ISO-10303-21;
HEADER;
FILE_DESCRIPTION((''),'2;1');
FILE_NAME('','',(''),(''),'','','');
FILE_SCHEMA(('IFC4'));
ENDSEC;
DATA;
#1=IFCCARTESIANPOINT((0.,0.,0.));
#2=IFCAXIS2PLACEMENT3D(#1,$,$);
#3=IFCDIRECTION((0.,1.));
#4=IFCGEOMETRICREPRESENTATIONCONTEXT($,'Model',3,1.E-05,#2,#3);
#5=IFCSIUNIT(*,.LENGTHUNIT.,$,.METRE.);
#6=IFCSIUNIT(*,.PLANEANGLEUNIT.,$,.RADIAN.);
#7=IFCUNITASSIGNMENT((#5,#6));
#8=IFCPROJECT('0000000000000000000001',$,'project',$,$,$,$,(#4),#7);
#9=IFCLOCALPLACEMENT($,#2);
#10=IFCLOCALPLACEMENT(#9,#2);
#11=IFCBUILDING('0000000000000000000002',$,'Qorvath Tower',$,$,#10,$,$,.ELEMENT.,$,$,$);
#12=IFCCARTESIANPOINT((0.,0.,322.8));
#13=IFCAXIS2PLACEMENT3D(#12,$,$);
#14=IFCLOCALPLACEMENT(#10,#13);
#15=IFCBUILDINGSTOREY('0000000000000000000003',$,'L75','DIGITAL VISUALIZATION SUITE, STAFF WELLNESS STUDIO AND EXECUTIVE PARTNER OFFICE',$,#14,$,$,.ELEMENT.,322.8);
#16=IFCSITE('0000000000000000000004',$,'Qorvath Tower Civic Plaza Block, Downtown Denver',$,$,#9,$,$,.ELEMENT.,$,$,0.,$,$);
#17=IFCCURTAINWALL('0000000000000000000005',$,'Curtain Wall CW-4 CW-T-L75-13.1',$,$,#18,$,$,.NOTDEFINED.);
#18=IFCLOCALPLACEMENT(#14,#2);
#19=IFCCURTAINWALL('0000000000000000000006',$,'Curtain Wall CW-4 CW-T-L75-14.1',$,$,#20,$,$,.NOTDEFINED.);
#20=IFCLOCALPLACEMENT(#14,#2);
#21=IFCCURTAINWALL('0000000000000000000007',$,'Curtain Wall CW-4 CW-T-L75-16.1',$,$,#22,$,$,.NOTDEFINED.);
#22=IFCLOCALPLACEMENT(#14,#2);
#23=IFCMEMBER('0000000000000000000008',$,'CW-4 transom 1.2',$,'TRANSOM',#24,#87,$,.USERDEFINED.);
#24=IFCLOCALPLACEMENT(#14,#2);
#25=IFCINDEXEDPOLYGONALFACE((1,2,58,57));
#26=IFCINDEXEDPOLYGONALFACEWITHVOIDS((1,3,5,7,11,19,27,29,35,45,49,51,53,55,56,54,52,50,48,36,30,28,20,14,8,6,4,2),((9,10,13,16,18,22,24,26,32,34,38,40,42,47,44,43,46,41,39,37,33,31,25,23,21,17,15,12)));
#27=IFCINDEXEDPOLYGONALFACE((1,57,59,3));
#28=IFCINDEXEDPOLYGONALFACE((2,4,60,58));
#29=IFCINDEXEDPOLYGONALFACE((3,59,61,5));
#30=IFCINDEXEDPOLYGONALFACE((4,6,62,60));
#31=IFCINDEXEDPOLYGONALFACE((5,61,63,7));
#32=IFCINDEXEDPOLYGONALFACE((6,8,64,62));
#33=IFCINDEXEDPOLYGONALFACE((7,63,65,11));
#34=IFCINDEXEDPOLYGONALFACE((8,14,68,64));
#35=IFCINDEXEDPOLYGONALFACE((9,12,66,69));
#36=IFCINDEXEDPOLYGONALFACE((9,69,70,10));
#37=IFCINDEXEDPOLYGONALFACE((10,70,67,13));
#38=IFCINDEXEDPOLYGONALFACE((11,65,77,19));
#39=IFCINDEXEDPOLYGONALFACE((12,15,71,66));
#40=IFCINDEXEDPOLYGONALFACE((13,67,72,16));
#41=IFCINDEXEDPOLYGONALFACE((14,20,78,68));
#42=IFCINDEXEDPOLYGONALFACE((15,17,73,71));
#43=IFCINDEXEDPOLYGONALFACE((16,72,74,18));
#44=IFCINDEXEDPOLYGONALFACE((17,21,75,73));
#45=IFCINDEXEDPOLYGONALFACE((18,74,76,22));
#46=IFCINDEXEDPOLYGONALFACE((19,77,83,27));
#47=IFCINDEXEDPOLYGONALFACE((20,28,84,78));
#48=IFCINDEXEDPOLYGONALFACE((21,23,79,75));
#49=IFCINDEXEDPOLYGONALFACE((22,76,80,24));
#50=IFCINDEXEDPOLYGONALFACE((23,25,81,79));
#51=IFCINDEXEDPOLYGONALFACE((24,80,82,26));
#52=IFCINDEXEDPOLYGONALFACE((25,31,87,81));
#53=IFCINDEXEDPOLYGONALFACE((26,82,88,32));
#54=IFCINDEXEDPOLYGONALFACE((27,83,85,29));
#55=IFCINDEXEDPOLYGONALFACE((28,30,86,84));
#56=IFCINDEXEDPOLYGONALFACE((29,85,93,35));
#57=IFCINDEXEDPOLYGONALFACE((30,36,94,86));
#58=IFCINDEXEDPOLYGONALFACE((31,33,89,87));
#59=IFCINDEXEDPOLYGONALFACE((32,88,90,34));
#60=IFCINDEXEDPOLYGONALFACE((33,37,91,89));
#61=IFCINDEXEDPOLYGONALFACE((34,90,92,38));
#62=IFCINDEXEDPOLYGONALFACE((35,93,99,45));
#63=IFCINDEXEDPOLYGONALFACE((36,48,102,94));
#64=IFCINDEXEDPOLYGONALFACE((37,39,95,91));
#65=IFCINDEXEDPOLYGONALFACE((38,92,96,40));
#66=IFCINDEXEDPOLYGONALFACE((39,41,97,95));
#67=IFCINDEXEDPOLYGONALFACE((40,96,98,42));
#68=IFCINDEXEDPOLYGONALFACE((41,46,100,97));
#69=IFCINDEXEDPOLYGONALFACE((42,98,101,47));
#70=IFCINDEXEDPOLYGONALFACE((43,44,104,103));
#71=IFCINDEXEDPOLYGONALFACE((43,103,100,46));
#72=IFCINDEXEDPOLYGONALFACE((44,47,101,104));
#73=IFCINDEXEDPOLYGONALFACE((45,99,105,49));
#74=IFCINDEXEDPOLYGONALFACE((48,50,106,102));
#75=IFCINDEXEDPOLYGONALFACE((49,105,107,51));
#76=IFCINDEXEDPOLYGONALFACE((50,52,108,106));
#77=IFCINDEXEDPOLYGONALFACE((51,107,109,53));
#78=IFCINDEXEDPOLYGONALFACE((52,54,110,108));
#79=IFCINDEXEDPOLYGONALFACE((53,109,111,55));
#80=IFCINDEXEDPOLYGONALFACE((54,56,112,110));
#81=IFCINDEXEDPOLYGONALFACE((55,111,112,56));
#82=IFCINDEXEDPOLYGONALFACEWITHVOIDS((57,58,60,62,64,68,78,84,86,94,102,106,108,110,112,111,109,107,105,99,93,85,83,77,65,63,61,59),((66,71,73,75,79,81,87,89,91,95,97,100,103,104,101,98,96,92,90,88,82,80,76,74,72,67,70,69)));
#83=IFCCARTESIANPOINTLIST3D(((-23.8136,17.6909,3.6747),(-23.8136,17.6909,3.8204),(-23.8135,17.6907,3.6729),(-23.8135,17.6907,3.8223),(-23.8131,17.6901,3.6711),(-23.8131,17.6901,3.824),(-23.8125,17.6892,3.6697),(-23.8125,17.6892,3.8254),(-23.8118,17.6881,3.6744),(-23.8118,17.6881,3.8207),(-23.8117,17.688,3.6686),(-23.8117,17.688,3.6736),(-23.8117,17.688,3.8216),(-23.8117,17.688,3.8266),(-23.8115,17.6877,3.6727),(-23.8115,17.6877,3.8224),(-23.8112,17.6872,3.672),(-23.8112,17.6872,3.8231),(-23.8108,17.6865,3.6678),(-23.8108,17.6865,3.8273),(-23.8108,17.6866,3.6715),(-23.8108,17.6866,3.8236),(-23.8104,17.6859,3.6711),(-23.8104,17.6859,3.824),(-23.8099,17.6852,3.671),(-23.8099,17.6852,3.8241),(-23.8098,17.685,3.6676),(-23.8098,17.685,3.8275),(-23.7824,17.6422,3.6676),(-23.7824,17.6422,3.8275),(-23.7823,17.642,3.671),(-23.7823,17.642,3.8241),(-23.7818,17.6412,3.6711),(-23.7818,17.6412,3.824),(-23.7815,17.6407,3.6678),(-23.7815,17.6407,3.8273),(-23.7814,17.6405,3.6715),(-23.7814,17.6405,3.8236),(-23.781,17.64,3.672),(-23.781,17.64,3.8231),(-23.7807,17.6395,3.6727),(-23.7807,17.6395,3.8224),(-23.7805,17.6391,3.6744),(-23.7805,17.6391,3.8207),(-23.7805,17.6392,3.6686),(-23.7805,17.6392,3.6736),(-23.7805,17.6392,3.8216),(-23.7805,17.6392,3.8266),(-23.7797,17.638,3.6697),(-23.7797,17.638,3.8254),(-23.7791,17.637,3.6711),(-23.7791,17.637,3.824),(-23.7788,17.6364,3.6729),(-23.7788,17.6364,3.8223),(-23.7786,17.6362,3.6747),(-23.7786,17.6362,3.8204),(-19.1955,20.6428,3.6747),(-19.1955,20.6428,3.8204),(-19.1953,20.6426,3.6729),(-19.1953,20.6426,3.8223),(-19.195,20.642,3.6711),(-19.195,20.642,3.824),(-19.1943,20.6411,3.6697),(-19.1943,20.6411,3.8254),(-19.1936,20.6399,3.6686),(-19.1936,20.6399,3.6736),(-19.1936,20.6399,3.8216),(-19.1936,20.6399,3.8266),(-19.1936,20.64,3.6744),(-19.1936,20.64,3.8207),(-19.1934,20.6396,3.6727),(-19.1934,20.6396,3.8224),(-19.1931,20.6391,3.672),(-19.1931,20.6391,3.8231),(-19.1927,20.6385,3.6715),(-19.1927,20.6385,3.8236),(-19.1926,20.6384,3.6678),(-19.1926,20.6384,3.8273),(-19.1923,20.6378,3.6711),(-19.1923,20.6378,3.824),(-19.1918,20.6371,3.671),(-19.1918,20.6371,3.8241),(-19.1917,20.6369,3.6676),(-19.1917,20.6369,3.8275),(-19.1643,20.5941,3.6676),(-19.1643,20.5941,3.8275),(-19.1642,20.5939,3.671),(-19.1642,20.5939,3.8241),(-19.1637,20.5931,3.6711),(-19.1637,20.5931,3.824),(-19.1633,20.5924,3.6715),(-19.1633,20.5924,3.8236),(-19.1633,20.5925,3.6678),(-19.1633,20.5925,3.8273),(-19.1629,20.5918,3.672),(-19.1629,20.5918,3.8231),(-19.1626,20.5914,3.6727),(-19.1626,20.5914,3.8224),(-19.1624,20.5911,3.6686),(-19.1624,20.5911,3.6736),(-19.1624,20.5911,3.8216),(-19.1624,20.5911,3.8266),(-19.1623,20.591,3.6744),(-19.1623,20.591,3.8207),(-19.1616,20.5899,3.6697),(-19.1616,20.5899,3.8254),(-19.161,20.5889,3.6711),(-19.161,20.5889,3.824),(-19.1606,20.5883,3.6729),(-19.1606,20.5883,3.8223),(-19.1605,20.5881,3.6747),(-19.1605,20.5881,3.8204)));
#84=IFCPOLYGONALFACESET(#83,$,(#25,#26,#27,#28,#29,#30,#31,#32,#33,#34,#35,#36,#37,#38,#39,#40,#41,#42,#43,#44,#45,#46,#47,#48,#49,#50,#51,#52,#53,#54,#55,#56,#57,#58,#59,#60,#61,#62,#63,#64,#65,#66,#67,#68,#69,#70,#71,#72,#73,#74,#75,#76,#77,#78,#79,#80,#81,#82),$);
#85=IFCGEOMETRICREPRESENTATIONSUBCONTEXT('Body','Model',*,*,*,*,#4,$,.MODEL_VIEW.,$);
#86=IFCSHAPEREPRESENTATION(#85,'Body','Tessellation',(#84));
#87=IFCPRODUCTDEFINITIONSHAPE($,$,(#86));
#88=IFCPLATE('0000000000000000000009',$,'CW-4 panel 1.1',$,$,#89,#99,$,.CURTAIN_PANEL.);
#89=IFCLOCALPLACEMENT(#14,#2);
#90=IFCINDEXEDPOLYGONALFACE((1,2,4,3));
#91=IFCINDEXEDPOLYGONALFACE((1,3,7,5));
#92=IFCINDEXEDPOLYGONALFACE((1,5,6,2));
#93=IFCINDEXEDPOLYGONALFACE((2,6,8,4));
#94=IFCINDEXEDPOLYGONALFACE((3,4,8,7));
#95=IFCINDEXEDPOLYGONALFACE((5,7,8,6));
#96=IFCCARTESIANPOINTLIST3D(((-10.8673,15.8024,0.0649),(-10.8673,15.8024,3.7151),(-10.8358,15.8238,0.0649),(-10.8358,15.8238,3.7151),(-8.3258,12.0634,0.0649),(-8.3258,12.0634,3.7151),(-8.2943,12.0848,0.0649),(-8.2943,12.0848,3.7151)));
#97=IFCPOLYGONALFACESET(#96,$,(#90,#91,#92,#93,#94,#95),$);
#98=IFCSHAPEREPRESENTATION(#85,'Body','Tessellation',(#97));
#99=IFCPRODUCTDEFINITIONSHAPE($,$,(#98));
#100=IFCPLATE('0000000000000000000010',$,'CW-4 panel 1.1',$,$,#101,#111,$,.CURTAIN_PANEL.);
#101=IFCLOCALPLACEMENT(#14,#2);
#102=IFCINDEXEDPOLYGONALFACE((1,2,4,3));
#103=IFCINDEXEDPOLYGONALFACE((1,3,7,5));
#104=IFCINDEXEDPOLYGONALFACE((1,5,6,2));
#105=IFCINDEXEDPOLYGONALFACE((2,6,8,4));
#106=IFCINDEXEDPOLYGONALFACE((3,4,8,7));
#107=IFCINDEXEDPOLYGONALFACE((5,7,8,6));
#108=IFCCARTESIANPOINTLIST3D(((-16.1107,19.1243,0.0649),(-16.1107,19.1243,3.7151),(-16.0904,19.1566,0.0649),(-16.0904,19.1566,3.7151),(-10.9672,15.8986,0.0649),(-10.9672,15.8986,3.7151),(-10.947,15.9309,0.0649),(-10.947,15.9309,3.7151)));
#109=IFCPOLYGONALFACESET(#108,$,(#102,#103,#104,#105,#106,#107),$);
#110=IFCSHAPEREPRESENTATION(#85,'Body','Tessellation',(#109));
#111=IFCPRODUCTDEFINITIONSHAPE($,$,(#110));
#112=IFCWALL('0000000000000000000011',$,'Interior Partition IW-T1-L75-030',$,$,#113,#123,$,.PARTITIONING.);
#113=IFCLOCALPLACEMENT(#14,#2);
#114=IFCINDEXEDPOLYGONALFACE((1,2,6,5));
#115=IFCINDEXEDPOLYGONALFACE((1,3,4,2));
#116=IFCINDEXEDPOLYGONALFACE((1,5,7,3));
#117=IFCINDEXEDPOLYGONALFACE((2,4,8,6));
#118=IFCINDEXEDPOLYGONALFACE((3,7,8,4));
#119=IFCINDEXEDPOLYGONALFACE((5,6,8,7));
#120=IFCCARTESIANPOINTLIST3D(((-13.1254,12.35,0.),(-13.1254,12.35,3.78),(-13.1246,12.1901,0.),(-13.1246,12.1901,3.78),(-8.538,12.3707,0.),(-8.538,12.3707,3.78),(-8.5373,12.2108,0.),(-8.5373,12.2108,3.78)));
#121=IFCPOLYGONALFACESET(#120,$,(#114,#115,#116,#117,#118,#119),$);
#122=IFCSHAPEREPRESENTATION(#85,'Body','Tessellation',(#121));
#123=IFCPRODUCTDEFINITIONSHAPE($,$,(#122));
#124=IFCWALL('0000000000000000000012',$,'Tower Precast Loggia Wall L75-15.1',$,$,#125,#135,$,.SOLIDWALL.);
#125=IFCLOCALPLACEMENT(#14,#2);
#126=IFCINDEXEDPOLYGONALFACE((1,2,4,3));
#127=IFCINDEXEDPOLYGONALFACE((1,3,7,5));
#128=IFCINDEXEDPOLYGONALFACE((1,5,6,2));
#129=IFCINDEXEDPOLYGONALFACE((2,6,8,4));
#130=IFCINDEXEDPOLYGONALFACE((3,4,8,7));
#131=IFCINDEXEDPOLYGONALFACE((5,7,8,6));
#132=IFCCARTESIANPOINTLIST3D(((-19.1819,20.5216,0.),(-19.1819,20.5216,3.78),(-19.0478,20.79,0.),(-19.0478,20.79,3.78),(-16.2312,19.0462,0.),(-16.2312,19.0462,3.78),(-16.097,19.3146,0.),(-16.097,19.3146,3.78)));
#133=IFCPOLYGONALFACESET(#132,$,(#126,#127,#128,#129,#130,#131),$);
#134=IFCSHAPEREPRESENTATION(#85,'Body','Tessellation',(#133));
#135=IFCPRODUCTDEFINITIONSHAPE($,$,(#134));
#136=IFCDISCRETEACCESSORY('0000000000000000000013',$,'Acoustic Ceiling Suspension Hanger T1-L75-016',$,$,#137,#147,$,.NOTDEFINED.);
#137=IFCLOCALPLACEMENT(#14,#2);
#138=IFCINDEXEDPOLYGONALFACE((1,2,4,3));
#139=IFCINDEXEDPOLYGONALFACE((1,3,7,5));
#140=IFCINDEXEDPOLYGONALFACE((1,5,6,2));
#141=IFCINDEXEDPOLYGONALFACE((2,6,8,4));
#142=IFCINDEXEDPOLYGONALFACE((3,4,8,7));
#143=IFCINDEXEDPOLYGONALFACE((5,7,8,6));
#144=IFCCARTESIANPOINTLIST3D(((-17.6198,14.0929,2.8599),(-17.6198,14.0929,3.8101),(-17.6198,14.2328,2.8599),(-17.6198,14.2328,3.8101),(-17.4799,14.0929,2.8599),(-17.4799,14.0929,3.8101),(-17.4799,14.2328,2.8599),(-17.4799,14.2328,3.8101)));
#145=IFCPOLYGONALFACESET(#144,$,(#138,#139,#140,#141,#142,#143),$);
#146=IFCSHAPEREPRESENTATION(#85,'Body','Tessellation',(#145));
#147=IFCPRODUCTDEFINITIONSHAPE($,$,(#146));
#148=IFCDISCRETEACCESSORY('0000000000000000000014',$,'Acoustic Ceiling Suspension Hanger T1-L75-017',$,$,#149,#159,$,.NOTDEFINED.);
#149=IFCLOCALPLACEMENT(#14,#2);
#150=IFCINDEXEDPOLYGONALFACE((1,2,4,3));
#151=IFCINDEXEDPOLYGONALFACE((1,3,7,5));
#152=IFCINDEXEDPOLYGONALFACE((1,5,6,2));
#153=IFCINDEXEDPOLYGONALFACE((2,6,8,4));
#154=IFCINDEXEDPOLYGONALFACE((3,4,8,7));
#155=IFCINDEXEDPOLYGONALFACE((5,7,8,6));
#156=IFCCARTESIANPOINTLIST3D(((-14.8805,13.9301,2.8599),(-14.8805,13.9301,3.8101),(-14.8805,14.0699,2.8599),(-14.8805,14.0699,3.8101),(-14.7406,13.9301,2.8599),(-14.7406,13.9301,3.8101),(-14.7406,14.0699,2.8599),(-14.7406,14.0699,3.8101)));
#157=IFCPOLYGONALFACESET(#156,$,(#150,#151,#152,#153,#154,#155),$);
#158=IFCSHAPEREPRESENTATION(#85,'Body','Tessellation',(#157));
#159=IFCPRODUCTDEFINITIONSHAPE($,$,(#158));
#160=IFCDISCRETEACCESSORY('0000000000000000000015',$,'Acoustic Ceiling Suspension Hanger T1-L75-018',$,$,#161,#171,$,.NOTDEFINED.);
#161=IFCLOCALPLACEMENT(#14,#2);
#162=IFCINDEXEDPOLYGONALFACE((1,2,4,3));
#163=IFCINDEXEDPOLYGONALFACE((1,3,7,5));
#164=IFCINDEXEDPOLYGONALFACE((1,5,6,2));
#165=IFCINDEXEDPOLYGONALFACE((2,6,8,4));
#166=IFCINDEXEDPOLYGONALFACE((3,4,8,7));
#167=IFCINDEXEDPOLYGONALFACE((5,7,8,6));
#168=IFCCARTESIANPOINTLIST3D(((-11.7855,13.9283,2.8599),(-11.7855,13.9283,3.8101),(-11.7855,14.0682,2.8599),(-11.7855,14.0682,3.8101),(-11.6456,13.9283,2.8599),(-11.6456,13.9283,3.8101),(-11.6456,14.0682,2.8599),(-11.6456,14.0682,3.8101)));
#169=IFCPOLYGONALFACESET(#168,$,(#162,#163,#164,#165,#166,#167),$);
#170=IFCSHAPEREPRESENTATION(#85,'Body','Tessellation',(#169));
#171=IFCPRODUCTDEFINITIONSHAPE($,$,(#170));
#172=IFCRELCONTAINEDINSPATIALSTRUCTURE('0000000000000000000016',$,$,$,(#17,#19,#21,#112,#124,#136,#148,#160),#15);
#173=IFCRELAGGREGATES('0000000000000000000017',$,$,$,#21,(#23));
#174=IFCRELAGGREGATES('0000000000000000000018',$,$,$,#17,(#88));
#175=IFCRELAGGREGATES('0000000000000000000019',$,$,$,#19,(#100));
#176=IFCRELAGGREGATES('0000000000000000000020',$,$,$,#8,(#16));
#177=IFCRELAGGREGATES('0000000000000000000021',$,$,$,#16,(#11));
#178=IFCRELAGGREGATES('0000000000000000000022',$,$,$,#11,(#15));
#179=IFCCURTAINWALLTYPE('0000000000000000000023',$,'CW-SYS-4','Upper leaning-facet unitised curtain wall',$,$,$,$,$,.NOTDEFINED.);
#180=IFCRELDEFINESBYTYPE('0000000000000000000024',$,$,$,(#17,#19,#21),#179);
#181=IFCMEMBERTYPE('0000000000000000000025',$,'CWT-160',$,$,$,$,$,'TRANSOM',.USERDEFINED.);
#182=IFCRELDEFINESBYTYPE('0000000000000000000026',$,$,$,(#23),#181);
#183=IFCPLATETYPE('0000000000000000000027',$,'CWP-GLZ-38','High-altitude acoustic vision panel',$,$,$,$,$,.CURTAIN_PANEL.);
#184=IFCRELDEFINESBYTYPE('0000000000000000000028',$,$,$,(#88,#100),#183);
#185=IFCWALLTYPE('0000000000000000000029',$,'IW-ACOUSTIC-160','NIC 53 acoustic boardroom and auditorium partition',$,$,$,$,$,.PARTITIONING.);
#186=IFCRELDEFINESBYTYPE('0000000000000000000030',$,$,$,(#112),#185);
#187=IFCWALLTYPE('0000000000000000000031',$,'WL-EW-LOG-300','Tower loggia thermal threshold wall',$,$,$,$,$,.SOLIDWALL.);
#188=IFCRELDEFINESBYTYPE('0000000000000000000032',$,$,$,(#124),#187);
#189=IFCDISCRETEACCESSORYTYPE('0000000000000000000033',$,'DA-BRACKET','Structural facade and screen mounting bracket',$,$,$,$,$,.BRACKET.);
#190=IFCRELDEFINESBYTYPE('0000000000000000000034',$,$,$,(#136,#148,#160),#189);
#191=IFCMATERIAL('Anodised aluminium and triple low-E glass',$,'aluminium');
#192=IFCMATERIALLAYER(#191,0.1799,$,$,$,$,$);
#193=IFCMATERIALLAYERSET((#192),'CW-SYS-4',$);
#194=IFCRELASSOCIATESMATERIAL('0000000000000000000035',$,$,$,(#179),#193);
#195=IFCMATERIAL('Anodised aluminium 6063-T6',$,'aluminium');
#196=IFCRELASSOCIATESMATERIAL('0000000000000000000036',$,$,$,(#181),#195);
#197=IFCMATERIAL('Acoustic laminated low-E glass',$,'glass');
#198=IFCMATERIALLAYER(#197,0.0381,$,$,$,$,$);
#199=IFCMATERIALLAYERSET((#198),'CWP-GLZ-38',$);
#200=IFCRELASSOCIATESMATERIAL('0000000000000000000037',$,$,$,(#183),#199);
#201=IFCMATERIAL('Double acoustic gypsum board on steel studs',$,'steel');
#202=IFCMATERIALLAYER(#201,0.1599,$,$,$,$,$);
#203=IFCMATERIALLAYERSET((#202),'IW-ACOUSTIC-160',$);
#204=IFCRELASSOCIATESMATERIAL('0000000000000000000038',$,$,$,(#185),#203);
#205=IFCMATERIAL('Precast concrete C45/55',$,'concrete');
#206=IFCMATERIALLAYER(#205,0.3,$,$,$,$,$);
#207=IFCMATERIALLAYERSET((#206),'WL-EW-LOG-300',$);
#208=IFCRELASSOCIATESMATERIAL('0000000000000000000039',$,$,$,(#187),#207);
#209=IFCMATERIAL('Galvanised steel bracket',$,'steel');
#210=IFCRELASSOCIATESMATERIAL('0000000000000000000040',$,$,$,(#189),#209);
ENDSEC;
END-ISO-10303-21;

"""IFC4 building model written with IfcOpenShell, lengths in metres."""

from ifc_helpers import new_model, si_unit, direction, frame, frame_2d, origin, origin_2d, place, context, subcontext, project, spatial, rectangle, hollow_rectangle, extrude, material, layer, layer_set, material_profile, profile_set, type_object, element, aggregate, save


model = new_model("IFC4")

# Units and contexts
model_context = context("Model", 3, precision=1e-05, world=origin(), true_north=direction((0.0, 1.0)))
body_context = subcontext(model_context, "Body", "Model", "MODEL_VIEW")
ifc_project = project(units=[si_unit("LENGTHUNIT", "METRE"), si_unit("PLANEANGLEUNIT", "RADIAN")], contexts=[model_context])

# Site, building, storey
site_placement = place(None, origin())
site = spatial("IfcSite", under=ifc_project, at=site_placement, Name="Qorvath Tower Civic Plaza Block, Downtown Denver", CompositionType="ELEMENT", RefElevation=0.0)
building_placement = place(site_placement, origin())
building = spatial("IfcBuilding", under=site, at=building_placement, Name="Qorvath Tower", CompositionType="ELEMENT")
storey_placement = place(building_placement, frame((0.0, 0.0, 322.8)))
storey = spatial("IfcBuildingStorey", under=building, at=storey_placement, Name="L75", Description="DIGITAL VISUALIZATION SUITE, STAFF WELLNESS STUDIO AND EXECUTIVE PARTNER OFFICE", CompositionType="ELEMENT", Elevation=322.8)

# Shared definitions
ifc_material_1 = material(Name="Anodised aluminium and triple low-E glass", Category="aluminium")
ifc_layer_1 = layer(ifc_material_1, 0.1799)
ifc_layer_set_1 = layer_set([ifc_layer_1], Name="CW-SYS-4")
curtain_wall_type = type_object("IfcCurtainWallType", Name="CW-SYS-4", Description="Upper leaning-facet unitised curtain wall", PredefinedType="NOTDEFINED", material=ifc_layer_set_1)

# Curtain walls
curtain_wall_1_placement = place(storey_placement, origin())
curtain_wall_1 = element("IfcCurtainWall", 1, at=curtain_wall_1_placement, inside=storey, type_object=curtain_wall_type, Name="Curtain Wall CW-4 CW-T-L75-13.1", PredefinedType="NOTDEFINED")
curtain_wall_2_placement = place(storey_placement, origin())
curtain_wall_2 = element("IfcCurtainWall", 2, at=curtain_wall_2_placement, inside=storey, type_object=curtain_wall_type, Name="Curtain Wall CW-4 CW-T-L75-14.1", PredefinedType="NOTDEFINED")

# Curtain wall
curtain_wall_3_placement = place(storey_placement, origin())
curtain_wall_3 = element("IfcCurtainWall", 3, at=curtain_wall_3_placement, inside=storey, type_object=curtain_wall_type, Name="Curtain Wall CW-4 CW-T-L75-16.1", PredefinedType="NOTDEFINED")

# Member
ifc_material_2 = material(Name="Anodised aluminium 6063-T6", Category="aluminium")
ifc_material_profile_1 = material_profile(ifc_material_2, hollow_rectangle(XDim=0.0649, YDim=0.1599, WallThickness=0.0034, InnerFilletRadius=0.0034, OuterFilletRadius=0.0071, at=origin_2d()), Name="CWT 160x65")
ifc_profile_set_1 = profile_set([ifc_material_profile_1], Name="Anodised aluminium 6063-T6")
member_type_1 = type_object("IfcMemberType", Name="CWT-160", ElementType="TRANSOM", PredefinedType="USERDEFINED", material=ifc_profile_set_1)
member_1_placement = place(storey_placement, frame((-19.178, 20.6155, 3.7476), z_axis=(-0.842579, -0.538572, 0.0), x_axis=(0.538572, -0.842579, 0.0)))
member_1 = element("IfcMember", 4, at=member_1_placement, type_object=member_type_1, Name="CW-4 transom 1.2", ObjectType="TRANSOM", PredefinedType="USERDEFINED", context=body_context, shape_type="SweptSolid", body=[
    extrude(hollow_rectangle(XDim=0.0649, YDim=0.1599, WallThickness=0.0034, InnerFilletRadius=0.0034, OuterFilletRadius=0.0071, at=origin_2d()), origin(), (0.0, 0.0, 1.0), 5.481),
])
aggregate(curtain_wall_3, [member_1])

# Plates
ifc_material_3 = material(Name="Acoustic laminated low-E glass", Category="glass")
ifc_layer_2 = layer(ifc_material_3, 0.0381)
ifc_layer_set_2 = layer_set([ifc_layer_2], Name="CWP-GLZ-38")
plate_type = type_object("IfcPlateType", Name="CWP-GLZ-38", Description="High-altitude acoustic vision panel", PredefinedType="CURTAIN_PANEL", material=ifc_layer_set_2)
plate_1_placement = place(storey_placement, frame((-9.5808, 13.9436, 0.0649), z_axis=(0.0, 0.0, 1.0), x_axis=(-0.562158, 0.82703, 0.0)))
plate_1 = element("IfcPlate", 5, at=plate_1_placement, type_object=plate_type, Name="CW-4 panel 1.1", PredefinedType="CURTAIN_PANEL", context=body_context, shape_type="SweptSolid", body=[
    extrude(rectangle(XDim=4.521, YDim=0.0381, at=origin_2d()), origin(), (0.0, 0.0, 1.0), 3.6501),
])
aggregate(curtain_wall_1, [plate_1])
plate_2_placement = place(storey_placement, frame((-13.5288, 17.5276, 0.0649), z_axis=(0.0, 0.0, 1.0), x_axis=(-0.847178, 0.531309, 0.0)))
plate_2 = element("IfcPlate", 6, at=plate_2_placement, type_object=plate_type, Name="CW-4 panel 1.1", PredefinedType="CURTAIN_PANEL", context=body_context, shape_type="SweptSolid", body=[
    extrude(rectangle(XDim=6.0713, YDim=0.0381, at=origin_2d()), origin(), (0.0, 0.0, 1.0), 3.6501),
])
aggregate(curtain_wall_2, [plate_2])

# Walls
ifc_material_4 = material(Name="Double acoustic gypsum board on steel studs", Category="steel")
ifc_layer_3 = layer(ifc_material_4, 0.1599)
ifc_layer_set_3 = layer_set([ifc_layer_3], Name="IW-ACOUSTIC-160")
wall_type_1 = type_object("IfcWallType", Name="IW-ACOUSTIC-160", Description="NIC 53 acoustic boardroom and auditorium partition", PredefinedType="PARTITIONING", material=ifc_layer_set_3)
wall_1_placement = place(storey_placement, frame((-13.125, 12.27, 0.0), z_axis=(0.0, 0.0, 1.0), x_axis=(0.99999, 0.004524, 0.0)))
element("IfcWall", 7, at=wall_1_placement, inside=storey, type_object=wall_type_1, Name="Interior Partition IW-T1-L75-030", PredefinedType="PARTITIONING", context=body_context, shape_type="SweptSolid", body=[
    extrude(rectangle(XDim=4.5874, YDim=0.1599, at=frame_2d((2.2937, 0.0))), origin(), (0.0, 0.0, 1.0), 3.78),
])
ifc_material_5 = material(Name="Precast concrete C45/55", Category="concrete")
ifc_layer_4 = layer(ifc_material_5, 0.3)
ifc_layer_set_4 = layer_set([ifc_layer_4], Name="WL-EW-LOG-300")
wall_type_2 = type_object("IfcWallType", Name="WL-EW-LOG-300", Description="Tower loggia thermal threshold wall", PredefinedType="SOLIDWALL", material=ifc_layer_set_4)
wall_2_placement = place(storey_placement, frame((-19.1147, 20.6558, 0.0), z_axis=(0.0, 0.0, 1.0), x_axis=(0.894427, -0.447214, 0.0)))
element("IfcWall", 8, at=wall_2_placement, inside=storey, type_object=wall_type_2, Name="Tower Precast Loggia Wall L75-15.1", PredefinedType="SOLIDWALL", context=body_context, shape_type="SweptSolid", body=[
    extrude(rectangle(XDim=3.2991, YDim=0.3, at=frame_2d((1.6494, 0.0))), origin(), (0.0, 0.0, 1.0), 3.78),
])

# Discrete accessories
ifc_material_6 = material(Name="Galvanised steel bracket", Category="steel")
discrete_accessory_type = type_object("IfcDiscreteAccessoryType", Name="DA-BRACKET", Description="Structural facade and screen mounting bracket", PredefinedType="BRACKET", material=ifc_material_6)
for number, where, z_axis, x_axis, name in (
    (9, (-17.5498, 14.1628, 2.8599), (0.0, 0.0, 1.0), (1.0, 0.0, 0.0), "Acoustic Ceiling Suspension Hanger T1-L75-016"),
    (10, (-14.8105, 14.0, 2.8599), (0.0, 0.0, 1.0), (1.0, 0.0, 0.0), "Acoustic Ceiling Suspension Hanger T1-L75-017"),
    (11, (-11.7156, 13.9983, 2.8599), (0.0, 0.0, 1.0), (1.0, 0.0, 0.0), "Acoustic Ceiling Suspension Hanger T1-L75-018"),
):
    element("IfcDiscreteAccessory", number, at=place(storey_placement, frame(where, z_axis=z_axis, x_axis=x_axis)), inside=storey, type_object=discrete_accessory_type, Name=name, PredefinedType="NOTDEFINED", context=body_context, shape_type="SweptSolid", body=[
        extrude(rectangle(XDim=0.1399, YDim=0.1399, at=origin_2d()), origin(), (0.0, 0.0, 1.0), 0.9502),
    ])

save(model, "model.ifc")
